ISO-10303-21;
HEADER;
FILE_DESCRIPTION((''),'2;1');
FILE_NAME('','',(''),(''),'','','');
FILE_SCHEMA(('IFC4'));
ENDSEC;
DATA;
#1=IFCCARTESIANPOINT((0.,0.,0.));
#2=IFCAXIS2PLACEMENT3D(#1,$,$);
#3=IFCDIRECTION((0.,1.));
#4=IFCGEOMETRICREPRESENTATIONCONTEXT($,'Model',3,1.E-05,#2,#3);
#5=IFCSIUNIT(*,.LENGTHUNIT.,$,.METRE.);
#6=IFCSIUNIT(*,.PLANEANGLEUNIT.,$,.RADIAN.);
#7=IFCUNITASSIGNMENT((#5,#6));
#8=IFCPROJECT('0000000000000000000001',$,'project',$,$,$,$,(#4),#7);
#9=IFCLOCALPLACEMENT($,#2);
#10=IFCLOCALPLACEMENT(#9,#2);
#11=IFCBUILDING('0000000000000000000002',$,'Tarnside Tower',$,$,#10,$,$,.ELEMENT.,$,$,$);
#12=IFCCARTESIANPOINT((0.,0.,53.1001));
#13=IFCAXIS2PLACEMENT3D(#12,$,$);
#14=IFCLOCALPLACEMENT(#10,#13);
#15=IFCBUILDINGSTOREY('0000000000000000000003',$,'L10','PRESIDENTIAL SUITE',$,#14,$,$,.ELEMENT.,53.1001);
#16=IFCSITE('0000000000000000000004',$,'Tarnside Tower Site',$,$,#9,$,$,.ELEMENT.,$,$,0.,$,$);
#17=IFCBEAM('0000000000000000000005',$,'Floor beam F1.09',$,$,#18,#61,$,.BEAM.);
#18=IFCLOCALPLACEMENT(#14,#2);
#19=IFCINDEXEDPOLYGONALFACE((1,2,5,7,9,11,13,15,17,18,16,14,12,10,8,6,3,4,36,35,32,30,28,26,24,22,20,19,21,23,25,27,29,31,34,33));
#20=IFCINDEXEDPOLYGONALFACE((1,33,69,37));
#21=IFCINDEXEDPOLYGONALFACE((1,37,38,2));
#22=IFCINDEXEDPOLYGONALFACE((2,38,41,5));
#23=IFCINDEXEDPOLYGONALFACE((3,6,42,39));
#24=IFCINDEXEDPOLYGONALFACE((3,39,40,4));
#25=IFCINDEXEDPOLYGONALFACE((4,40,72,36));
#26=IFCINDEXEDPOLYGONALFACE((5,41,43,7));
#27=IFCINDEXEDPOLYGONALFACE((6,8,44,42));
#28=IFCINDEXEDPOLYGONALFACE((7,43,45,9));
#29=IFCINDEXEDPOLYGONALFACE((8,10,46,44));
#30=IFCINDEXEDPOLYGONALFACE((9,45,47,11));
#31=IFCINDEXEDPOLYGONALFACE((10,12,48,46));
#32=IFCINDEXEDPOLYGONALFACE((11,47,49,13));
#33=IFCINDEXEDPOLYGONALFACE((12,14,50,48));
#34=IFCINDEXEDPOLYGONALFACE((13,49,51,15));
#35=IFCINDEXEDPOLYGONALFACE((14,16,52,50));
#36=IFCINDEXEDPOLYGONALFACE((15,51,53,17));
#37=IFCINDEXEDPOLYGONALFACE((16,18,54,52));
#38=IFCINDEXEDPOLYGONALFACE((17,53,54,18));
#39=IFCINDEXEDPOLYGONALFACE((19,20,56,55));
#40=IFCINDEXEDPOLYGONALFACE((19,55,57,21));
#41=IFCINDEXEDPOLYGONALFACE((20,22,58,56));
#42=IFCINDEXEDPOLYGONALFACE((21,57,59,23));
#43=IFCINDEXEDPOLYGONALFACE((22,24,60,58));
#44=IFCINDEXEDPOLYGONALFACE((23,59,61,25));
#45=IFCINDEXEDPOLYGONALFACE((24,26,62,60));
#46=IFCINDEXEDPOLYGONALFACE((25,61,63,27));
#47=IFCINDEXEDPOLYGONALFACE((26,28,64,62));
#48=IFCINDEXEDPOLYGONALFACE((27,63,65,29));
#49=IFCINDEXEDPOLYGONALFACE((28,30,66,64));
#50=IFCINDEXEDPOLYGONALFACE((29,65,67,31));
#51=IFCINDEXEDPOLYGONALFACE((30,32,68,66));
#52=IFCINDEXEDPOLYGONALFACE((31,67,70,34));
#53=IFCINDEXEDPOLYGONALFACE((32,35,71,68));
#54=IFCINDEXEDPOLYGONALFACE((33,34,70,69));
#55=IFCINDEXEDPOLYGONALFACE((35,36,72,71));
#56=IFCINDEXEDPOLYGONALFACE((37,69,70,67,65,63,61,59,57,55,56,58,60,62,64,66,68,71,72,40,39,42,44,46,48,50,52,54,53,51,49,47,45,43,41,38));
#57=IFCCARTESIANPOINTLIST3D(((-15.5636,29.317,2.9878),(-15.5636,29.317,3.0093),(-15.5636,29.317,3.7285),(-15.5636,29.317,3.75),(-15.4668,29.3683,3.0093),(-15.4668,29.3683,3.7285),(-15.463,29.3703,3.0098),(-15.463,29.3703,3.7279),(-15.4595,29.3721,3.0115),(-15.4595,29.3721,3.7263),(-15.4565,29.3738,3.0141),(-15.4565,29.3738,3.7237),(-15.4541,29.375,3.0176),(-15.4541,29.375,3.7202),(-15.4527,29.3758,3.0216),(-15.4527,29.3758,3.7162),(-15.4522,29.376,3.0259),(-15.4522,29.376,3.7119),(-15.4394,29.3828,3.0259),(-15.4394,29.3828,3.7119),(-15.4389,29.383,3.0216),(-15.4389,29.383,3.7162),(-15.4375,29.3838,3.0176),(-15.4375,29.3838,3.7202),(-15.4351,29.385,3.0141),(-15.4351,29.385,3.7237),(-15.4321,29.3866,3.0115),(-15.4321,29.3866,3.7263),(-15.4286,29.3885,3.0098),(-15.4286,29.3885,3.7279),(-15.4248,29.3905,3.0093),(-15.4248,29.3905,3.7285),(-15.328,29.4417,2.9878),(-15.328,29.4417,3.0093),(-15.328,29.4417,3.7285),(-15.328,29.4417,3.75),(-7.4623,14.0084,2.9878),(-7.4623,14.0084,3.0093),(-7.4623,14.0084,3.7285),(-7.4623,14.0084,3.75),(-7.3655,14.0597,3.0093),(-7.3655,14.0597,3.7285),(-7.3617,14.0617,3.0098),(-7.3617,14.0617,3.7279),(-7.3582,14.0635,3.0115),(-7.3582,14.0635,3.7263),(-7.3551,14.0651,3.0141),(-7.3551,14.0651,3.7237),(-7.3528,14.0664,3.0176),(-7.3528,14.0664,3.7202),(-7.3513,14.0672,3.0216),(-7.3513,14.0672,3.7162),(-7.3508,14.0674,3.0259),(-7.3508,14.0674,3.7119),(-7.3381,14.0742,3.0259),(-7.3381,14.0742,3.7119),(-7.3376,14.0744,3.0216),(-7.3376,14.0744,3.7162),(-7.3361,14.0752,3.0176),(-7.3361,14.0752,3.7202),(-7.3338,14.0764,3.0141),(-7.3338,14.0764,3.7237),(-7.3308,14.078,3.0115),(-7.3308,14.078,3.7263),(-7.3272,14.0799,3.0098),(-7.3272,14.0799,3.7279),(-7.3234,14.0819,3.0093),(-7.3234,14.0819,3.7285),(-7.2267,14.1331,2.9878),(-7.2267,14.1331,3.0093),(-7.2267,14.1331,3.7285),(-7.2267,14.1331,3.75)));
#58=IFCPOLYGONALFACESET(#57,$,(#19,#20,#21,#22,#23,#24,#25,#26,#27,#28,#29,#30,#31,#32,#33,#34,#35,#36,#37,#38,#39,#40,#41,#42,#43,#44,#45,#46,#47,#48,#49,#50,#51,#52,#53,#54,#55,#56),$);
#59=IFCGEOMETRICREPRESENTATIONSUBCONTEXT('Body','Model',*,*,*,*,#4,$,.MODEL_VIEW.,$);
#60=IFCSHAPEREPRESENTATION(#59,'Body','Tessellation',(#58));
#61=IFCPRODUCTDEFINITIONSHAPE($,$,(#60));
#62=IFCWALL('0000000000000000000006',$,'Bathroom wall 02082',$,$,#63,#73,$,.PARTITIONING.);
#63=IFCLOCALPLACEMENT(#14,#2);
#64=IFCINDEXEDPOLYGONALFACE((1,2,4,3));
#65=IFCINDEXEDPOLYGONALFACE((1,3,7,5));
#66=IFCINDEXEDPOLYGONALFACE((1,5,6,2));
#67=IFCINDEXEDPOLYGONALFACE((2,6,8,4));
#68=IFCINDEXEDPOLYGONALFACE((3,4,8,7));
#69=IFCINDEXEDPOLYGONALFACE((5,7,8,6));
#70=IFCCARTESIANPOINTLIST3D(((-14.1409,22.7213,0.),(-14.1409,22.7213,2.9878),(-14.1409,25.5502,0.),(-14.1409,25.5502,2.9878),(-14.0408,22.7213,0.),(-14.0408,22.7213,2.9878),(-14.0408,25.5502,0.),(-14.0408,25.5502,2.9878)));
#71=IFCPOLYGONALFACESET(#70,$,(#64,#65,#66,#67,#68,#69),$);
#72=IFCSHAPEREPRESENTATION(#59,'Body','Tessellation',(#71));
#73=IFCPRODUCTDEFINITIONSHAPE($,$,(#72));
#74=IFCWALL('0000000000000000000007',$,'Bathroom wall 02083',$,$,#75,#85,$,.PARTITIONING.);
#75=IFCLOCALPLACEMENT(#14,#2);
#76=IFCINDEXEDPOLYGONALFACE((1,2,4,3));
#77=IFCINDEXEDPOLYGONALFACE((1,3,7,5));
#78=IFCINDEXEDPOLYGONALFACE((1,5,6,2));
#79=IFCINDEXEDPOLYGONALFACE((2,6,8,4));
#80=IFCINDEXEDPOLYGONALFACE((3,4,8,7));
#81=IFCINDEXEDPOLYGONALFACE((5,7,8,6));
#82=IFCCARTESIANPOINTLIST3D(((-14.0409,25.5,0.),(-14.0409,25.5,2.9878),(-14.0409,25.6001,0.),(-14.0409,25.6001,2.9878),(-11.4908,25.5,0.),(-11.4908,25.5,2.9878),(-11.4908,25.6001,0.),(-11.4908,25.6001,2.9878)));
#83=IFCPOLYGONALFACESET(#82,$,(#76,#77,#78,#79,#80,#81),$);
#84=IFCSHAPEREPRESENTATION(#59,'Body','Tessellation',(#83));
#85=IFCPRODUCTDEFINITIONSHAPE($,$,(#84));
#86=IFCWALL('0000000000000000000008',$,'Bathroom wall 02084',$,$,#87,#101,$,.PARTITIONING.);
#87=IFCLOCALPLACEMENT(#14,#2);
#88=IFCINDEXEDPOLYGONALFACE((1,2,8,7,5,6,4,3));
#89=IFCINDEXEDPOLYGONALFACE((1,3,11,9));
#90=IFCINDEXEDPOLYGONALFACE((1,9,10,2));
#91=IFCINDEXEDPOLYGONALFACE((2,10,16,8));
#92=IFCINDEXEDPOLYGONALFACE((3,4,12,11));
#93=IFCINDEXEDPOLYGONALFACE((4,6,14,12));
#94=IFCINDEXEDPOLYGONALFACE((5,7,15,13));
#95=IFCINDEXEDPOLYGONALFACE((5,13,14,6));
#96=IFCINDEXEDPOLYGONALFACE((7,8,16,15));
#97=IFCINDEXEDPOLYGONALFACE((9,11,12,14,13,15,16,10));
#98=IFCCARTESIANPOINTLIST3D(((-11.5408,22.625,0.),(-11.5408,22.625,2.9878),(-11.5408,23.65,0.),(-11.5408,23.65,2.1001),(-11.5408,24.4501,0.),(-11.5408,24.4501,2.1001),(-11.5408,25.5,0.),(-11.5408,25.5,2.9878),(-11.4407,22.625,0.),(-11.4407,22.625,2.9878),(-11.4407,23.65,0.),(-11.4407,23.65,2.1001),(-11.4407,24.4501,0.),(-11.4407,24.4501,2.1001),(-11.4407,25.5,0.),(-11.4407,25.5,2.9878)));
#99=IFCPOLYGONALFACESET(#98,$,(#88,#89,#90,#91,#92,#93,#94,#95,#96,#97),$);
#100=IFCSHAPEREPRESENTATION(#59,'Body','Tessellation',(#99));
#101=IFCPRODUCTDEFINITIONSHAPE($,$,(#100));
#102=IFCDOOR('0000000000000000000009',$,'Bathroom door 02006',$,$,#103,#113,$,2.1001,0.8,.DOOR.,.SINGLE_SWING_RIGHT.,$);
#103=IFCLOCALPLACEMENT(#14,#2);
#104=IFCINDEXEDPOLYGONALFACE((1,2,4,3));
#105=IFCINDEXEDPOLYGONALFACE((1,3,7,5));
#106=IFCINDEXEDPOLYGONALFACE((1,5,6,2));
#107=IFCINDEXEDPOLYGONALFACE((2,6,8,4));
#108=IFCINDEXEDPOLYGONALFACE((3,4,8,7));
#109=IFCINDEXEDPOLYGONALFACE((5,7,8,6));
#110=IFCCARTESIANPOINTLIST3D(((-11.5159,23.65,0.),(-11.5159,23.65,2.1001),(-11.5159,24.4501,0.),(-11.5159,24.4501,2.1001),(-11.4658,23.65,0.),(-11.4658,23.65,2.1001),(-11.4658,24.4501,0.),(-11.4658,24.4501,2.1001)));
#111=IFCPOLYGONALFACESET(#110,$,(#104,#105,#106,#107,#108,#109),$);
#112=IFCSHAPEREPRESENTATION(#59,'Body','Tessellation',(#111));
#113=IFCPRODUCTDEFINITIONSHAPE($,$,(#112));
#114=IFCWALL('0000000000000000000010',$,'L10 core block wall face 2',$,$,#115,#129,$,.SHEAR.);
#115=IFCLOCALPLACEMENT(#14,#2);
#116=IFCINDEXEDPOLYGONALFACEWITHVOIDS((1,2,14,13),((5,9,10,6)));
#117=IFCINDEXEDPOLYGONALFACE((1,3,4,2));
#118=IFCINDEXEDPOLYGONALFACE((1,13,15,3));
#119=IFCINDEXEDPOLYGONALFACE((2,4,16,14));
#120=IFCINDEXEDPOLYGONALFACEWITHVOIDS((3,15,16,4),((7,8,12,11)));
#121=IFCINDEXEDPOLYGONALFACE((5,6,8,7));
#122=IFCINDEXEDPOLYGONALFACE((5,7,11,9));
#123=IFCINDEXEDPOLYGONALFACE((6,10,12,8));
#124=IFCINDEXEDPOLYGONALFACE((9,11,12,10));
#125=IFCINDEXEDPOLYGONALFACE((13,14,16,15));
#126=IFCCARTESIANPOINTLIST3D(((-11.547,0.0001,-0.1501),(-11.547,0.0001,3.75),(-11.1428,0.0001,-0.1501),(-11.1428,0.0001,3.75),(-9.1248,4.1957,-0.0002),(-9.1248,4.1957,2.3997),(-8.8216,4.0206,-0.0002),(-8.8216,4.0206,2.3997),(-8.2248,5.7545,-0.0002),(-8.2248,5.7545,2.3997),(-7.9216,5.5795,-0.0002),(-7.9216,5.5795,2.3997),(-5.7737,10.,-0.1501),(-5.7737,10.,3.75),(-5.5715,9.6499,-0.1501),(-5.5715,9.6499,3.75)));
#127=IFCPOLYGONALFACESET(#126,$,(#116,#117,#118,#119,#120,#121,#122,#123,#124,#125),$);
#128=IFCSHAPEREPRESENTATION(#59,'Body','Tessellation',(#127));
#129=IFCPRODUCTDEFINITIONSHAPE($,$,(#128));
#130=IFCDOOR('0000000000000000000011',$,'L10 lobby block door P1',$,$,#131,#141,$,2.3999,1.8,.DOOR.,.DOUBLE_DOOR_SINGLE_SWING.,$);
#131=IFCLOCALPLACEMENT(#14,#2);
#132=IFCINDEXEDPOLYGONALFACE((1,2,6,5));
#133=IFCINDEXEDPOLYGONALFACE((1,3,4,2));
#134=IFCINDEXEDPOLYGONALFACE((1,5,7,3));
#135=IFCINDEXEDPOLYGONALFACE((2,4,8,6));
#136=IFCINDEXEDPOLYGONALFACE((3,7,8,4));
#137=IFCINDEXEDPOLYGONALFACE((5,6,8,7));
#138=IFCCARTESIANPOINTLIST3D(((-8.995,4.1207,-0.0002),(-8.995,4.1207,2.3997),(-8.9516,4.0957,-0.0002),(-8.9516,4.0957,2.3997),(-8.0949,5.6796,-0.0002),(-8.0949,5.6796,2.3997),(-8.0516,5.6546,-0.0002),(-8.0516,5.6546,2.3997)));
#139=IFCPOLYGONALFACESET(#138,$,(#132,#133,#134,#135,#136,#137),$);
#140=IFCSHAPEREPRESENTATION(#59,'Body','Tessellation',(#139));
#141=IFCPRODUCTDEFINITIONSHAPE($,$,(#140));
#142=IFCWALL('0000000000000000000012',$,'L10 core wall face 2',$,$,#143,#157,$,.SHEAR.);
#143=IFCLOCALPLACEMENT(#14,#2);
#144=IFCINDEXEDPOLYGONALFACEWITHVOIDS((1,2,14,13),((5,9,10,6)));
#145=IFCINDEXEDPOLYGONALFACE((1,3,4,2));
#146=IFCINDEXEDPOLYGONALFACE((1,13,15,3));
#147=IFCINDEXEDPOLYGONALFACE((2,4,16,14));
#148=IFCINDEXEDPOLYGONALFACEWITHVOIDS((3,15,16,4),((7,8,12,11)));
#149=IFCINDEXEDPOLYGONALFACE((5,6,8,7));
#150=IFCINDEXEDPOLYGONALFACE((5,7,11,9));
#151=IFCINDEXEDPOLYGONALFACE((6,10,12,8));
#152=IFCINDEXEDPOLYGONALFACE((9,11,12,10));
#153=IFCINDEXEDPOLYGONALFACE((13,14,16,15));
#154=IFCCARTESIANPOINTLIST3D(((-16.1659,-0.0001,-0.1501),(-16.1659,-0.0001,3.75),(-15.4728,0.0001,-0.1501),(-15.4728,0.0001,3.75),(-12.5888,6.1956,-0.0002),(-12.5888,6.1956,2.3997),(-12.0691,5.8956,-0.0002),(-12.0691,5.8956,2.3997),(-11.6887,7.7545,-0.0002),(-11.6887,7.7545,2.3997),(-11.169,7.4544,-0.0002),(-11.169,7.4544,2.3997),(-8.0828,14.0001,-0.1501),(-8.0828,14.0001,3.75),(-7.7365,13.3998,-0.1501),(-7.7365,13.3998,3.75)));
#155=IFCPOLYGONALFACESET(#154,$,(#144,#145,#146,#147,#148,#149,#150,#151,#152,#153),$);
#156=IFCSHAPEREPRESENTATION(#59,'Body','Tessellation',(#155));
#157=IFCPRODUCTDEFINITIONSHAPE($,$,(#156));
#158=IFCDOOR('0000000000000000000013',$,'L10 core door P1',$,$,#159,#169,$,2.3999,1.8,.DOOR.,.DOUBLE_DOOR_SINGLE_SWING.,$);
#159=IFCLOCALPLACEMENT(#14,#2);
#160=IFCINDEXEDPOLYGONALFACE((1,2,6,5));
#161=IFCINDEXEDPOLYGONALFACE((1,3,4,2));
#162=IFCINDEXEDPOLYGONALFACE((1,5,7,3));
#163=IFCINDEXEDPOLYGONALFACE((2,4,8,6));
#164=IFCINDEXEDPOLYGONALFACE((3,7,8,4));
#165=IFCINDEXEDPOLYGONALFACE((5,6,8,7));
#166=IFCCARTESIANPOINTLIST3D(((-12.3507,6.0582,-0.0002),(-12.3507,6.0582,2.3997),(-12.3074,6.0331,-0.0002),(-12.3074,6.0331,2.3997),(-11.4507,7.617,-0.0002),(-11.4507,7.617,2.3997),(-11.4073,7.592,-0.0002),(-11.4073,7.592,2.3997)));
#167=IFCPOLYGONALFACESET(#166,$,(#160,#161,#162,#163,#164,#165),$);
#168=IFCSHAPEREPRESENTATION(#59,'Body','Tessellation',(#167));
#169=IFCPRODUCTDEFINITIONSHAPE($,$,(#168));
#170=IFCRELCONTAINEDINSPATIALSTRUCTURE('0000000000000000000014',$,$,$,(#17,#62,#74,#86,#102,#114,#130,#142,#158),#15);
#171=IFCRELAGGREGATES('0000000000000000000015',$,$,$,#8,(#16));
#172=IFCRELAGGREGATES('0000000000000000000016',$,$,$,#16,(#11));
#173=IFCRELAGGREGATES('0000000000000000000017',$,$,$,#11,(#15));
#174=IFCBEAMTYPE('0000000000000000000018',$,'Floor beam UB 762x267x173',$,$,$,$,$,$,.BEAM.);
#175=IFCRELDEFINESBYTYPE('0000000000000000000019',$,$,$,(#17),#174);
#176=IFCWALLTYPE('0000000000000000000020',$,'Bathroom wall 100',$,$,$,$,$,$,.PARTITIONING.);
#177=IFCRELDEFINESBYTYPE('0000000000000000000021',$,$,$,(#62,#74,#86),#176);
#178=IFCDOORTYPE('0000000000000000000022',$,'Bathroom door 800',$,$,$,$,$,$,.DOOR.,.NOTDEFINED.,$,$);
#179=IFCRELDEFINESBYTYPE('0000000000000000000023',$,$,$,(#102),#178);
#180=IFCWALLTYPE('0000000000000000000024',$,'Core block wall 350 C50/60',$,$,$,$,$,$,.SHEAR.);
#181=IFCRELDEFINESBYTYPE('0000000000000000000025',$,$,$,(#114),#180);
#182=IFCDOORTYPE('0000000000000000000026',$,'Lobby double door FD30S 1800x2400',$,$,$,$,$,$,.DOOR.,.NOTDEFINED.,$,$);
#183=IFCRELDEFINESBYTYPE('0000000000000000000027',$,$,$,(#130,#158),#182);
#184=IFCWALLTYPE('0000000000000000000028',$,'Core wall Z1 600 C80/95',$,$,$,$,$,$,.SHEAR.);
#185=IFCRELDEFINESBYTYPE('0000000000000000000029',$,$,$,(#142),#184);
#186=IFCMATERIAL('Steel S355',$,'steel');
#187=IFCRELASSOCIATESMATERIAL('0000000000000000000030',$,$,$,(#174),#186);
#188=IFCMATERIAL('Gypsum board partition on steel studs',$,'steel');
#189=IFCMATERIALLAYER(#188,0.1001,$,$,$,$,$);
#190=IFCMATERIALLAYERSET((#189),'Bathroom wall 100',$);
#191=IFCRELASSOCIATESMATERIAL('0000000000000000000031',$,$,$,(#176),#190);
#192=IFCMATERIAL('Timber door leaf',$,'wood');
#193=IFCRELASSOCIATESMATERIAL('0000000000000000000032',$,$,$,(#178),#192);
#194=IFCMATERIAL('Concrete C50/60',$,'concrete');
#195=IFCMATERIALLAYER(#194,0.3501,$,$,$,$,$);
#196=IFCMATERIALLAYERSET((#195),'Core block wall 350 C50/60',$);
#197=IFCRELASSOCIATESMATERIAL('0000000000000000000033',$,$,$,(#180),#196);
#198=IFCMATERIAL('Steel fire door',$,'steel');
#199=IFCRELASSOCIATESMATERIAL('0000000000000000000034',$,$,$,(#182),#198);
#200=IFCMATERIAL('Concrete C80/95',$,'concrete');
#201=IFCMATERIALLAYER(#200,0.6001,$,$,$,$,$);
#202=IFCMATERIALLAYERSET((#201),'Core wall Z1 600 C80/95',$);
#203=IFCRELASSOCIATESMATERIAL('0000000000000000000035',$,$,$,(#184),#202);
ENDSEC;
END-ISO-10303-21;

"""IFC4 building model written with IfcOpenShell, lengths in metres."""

from ifc_helpers import new_model, si_unit, direction, frame, frame_2d, origin, origin_2d, place, context, subcontext, project, spatial, polyline, rectangle, i_section, outline, extrude, material, layer, layer_set, material_profile, profile_set, type_object, element, fill, save


model = new_model("IFC4")

# Units and contexts
model_context = context("Model", 3, precision=1e-05, world=origin(), true_north=direction((0.0, 1.0)))
body_context = subcontext(model_context, "Body", "Model", "MODEL_VIEW")
ifc_project = project(units=[si_unit("LENGTHUNIT", "METRE"), si_unit("PLANEANGLEUNIT", "RADIAN")], contexts=[model_context])

# Site, building, storey
site_placement = place(None, origin())
site = spatial("IfcSite", under=ifc_project, at=site_placement, Name="Tarnside Tower Site", CompositionType="ELEMENT", RefElevation=0.0)
building_placement = place(site_placement, origin())
building = spatial("IfcBuilding", under=site, at=building_placement, Name="Tarnside Tower", CompositionType="ELEMENT")
storey_placement = place(building_placement, frame((0.0, 0.0, 53.1001)))
storey = spatial("IfcBuildingStorey", under=building, at=storey_placement, Name="L10", Description="PRESIDENTIAL SUITE", CompositionType="ELEMENT", Elevation=53.1001)

# Beam
ifc_material_1 = material(Name="Steel S355", Category="steel")
ifc_material_profile_1 = material_profile(ifc_material_1, i_section(OverallWidth=0.2666, OverallDepth=0.7622, WebThickness=0.0144, FlangeThickness=0.0215, FilletRadius=0.0166, at=origin_2d()), Name="UB 762x267x173")
ifc_profile_set_1 = profile_set([ifc_material_profile_1], Name="Steel S355")
beam_type_1 = type_object("IfcBeamType", Name="Floor beam UB 762x267x173", PredefinedType="BEAM", material=ifc_profile_set_1)
beam_1_placement = place(storey_placement, frame((-15.4458, 29.3794, 3.3689), z_axis=(0.467742, -0.883865, 0.0), x_axis=(0.883865, 0.467742, 0.0)))
element("IfcBeam", 1, at=beam_1_placement, inside=storey, type_object=beam_type_1, Name="Floor beam F1.09", PredefinedType="BEAM", context=body_context, shape_type="SweptSolid", body=[
    extrude(i_section(OverallWidth=0.2666, OverallDepth=0.7622, WebThickness=0.0144, FlangeThickness=0.0215, FilletRadius=0.0166, at=origin_2d()), origin(), (0.0, 0.0, 1.0), 17.3201),
])

# Walls
ifc_material_2 = material(Name="Gypsum board partition on steel studs", Category="steel")
ifc_layer_1 = layer(ifc_material_2, 0.1001)
ifc_layer_set_1 = layer_set([ifc_layer_1], Name="Bathroom wall 100")
wall_type_1 = type_object("IfcWallType", Name="Bathroom wall 100", PredefinedType="PARTITIONING", material=ifc_layer_set_1)
wall_1_placement = place(storey_placement, frame((-14.0908, 22.7212, 0.0), z_axis=(0.0, 0.0, 1.0), x_axis=(0.0, 1.0, 0.0)))
element("IfcWall", 2, at=wall_1_placement, inside=storey, type_object=wall_type_1, Name="Bathroom wall 02082", PredefinedType="PARTITIONING", context=body_context, shape_type="SweptSolid", body=[
    extrude(rectangle(XDim=2.8289, YDim=0.1001, at=frame_2d((1.4146, 0.0))), origin(), (0.0, 0.0, 1.0), 2.9878),
])
wall_2_placement = place(storey_placement, frame((-14.0408, 25.55, 0.0), z_axis=(0.0, 0.0, 1.0), x_axis=(1.0, 0.0, 0.0)))
element("IfcWall", 3, at=wall_2_placement, inside=storey, type_object=wall_type_1, Name="Bathroom wall 02083", PredefinedType="PARTITIONING", context=body_context, shape_type="SweptSolid", body=[
    extrude(rectangle(XDim=2.55, YDim=0.1001, at=frame_2d((1.2749, 0.0))), origin(), (0.0, 0.0, 1.0), 2.9878),
])

# Walls, openings, doors
wall_3_placement = place(storey_placement, frame((-11.4907, 25.5, 0.0), z_axis=(0.0, 0.0, 1.0), x_axis=(0.0, -1.0, 0.0)))
wall_3 = element("IfcWall", 4, at=wall_3_placement, inside=storey, type_object=wall_type_1, Name="Bathroom wall 02084", PredefinedType="PARTITIONING", context=body_context, shape_type="SweptSolid", body=[
    extrude(rectangle(XDim=2.875, YDim=0.1001, at=frame_2d((1.4375, 0.0))), origin(), (0.0, 0.0, 1.0), 2.9878),
])
opening_1_placement = place(wall_3_placement, frame((1.05, 0.0, 0.0)))
opening_1 = element("IfcOpeningElement", 5, at=opening_1_placement, cuts=wall_3, PredefinedType="OPENING", context=body_context, shape_type="SweptSolid", body=[
    extrude(rectangle(XDim=0.8, YDim=2.1001, at=frame_2d((0.3999, 1.05))), frame((0.0, 0.0601, 0.0), z_axis=(0.0, -1.0, 0.0), x_axis=(1.0, 0.0, 0.0)), (0.0, 0.0, 1.0), 0.1201),
])
ifc_material_3 = material(Name="Timber door leaf", Category="wood")
door_type_1 = type_object("IfcDoorType", Name="Bathroom door 800", OperationType="NOTDEFINED", PredefinedType="DOOR", material=ifc_material_3)
door_1_placement = place(opening_1_placement, origin())
door_1 = element("IfcDoor", 6, at=door_1_placement, inside=storey, type_object=door_type_1, Name="Bathroom door 02006", OperationType="SINGLE_SWING_RIGHT", OverallHeight=2.1001, OverallWidth=0.8, PredefinedType="DOOR", context=body_context, shape_type="SweptSolid", body=[
    extrude(rectangle(XDim=0.8, YDim=2.1001, at=frame_2d((0.3999, 1.05))), frame((0.0, 0.0249, 0.0), z_axis=(0.0, -1.0, 0.0), x_axis=(1.0, 0.0, 0.0)), (0.0, 0.0, 1.0), 0.05),
])
fill(opening_1, door_1)
ifc_material_4 = material(Name="Concrete C50/60", Category="concrete")
ifc_layer_2 = layer(ifc_material_4, 0.3501)
ifc_layer_set_2 = layer_set([ifc_layer_2], Name="Core block wall 350 C50/60")
wall_type_2 = type_object("IfcWallType", Name="Core block wall 350 C50/60", PredefinedType="SHEAR", material=ifc_layer_set_2)
wall_4_placement = place(storey_placement, frame((-5.6726, 9.825, -0.1501), z_axis=(0.0, 0.0, 1.0), x_axis=(-0.499995, -0.866028, 0.0)))
wall_4 = element("IfcWall", 7, at=wall_4_placement, inside=storey, type_object=wall_type_2, Name="L10 core block wall face 2", PredefinedType="SHEAR", context=body_context, shape_type="SweptSolid", body=[
    extrude(outline(polyline([(-0.1011, -0.175), (11.4458, -0.175), (11.2437, 0.175), (0.1011, 0.175), (-0.1011, -0.175)])), origin(), (0.0, 0.0, 1.0), 3.9001),
])
opening_2_placement = place(wall_4_placement, frame((4.8013, 0.0, 0.1499)))
opening_2 = element("IfcOpeningElement", 8, at=opening_2_placement, cuts=wall_4, PredefinedType="OPENING", context=body_context, shape_type="SweptSolid", body=[
    extrude(rectangle(XDim=1.8, YDim=2.3999, at=frame_2d((0.8999, 1.2))), frame((0.0, 0.1851, 0.0), z_axis=(0.0, -1.0, 0.0), x_axis=(1.0, 0.0, 0.0)), (0.0, 0.0, 1.0), 0.3701),
])
ifc_material_5 = material(Name="Steel fire door", Category="steel")
door_type_2 = type_object("IfcDoorType", Name="Lobby double door FD30S 1800x2400", OperationType="NOTDEFINED", PredefinedType="DOOR", material=ifc_material_5)
door_2_placement = place(opening_2_placement, origin())
door_2 = element("IfcDoor", 9, at=door_2_placement, inside=storey, type_object=door_type_2, Name="L10 lobby block door P1", OperationType="DOUBLE_DOOR_SINGLE_SWING", OverallHeight=2.3999, OverallWidth=1.8, PredefinedType="DOOR", context=body_context, shape_type="SweptSolid", body=[
    extrude(rectangle(XDim=1.8, YDim=2.3999, at=frame_2d((0.8999, 1.2))), frame((0.0, 0.0249, 0.0), z_axis=(0.0, -1.0, 0.0), x_axis=(1.0, 0.0, 0.0)), (0.0, 0.0, 1.0), 0.05),
])
fill(opening_2, door_2)
ifc_material_6 = material(Name="Concrete C80/95", Category="concrete")
ifc_layer_3 = layer(ifc_material_6, 0.6001)
ifc_layer_set_3 = layer_set([ifc_layer_3], Name="Core wall Z1 600 C80/95")
wall_type_3 = type_object("IfcWallType", Name="Core wall Z1 600 C80/95", PredefinedType="SHEAR", material=ifc_layer_set_3)
wall_5_placement = place(storey_placement, frame((-7.9097, 13.7, -0.1501), z_axis=(0.0, 0.0, 1.0), x_axis=(-0.5, -0.866025, 0.0)))
wall_5 = element("IfcWall", 10, at=wall_5_placement, inside=storey, type_object=wall_type_3, Name="L10 core wall face 2", PredefinedType="SHEAR", context=body_context, shape_type="SweptSolid", body=[
    extrude(outline(polyline([(-0.1733, -0.3), (15.9927, -0.3), (15.646, 0.3), (0.1733, 0.3), (-0.1733, -0.3)])), origin(), (0.0, 0.0, 1.0), 3.9001),
])
opening_3_placement = place(wall_5_placement, frame((7.0386, 0.0, 0.1499)))
opening_3 = element("IfcOpeningElement", 11, at=opening_3_placement, cuts=wall_5, PredefinedType="OPENING", context=body_context, shape_type="SweptSolid", body=[
    extrude(rectangle(XDim=1.8, YDim=2.3999, at=frame_2d((0.8999, 1.2))), frame((0.0, 0.3101, 0.0), z_axis=(0.0, -1.0, 0.0), x_axis=(1.0, 0.0, 0.0)), (0.0, 0.0, 1.0), 0.6201),
])
door_3_placement = place(opening_3_placement, origin())
door_3 = element("IfcDoor", 12, at=door_3_placement, inside=storey, type_object=door_type_2, Name="L10 core door P1", OperationType="DOUBLE_DOOR_SINGLE_SWING", OverallHeight=2.3999, OverallWidth=1.8, PredefinedType="DOOR", context=body_context, shape_type="SweptSolid", body=[
    extrude(rectangle(XDim=1.8, YDim=2.3999, at=frame_2d((0.8999, 1.2))), frame((0.0, 0.0249, 0.0), z_axis=(0.0, -1.0, 0.0), x_axis=(1.0, 0.0, 0.0)), (0.0, 0.0, 1.0), 0.05),
])
fill(opening_3, door_3)

save(model, "model.ifc")
